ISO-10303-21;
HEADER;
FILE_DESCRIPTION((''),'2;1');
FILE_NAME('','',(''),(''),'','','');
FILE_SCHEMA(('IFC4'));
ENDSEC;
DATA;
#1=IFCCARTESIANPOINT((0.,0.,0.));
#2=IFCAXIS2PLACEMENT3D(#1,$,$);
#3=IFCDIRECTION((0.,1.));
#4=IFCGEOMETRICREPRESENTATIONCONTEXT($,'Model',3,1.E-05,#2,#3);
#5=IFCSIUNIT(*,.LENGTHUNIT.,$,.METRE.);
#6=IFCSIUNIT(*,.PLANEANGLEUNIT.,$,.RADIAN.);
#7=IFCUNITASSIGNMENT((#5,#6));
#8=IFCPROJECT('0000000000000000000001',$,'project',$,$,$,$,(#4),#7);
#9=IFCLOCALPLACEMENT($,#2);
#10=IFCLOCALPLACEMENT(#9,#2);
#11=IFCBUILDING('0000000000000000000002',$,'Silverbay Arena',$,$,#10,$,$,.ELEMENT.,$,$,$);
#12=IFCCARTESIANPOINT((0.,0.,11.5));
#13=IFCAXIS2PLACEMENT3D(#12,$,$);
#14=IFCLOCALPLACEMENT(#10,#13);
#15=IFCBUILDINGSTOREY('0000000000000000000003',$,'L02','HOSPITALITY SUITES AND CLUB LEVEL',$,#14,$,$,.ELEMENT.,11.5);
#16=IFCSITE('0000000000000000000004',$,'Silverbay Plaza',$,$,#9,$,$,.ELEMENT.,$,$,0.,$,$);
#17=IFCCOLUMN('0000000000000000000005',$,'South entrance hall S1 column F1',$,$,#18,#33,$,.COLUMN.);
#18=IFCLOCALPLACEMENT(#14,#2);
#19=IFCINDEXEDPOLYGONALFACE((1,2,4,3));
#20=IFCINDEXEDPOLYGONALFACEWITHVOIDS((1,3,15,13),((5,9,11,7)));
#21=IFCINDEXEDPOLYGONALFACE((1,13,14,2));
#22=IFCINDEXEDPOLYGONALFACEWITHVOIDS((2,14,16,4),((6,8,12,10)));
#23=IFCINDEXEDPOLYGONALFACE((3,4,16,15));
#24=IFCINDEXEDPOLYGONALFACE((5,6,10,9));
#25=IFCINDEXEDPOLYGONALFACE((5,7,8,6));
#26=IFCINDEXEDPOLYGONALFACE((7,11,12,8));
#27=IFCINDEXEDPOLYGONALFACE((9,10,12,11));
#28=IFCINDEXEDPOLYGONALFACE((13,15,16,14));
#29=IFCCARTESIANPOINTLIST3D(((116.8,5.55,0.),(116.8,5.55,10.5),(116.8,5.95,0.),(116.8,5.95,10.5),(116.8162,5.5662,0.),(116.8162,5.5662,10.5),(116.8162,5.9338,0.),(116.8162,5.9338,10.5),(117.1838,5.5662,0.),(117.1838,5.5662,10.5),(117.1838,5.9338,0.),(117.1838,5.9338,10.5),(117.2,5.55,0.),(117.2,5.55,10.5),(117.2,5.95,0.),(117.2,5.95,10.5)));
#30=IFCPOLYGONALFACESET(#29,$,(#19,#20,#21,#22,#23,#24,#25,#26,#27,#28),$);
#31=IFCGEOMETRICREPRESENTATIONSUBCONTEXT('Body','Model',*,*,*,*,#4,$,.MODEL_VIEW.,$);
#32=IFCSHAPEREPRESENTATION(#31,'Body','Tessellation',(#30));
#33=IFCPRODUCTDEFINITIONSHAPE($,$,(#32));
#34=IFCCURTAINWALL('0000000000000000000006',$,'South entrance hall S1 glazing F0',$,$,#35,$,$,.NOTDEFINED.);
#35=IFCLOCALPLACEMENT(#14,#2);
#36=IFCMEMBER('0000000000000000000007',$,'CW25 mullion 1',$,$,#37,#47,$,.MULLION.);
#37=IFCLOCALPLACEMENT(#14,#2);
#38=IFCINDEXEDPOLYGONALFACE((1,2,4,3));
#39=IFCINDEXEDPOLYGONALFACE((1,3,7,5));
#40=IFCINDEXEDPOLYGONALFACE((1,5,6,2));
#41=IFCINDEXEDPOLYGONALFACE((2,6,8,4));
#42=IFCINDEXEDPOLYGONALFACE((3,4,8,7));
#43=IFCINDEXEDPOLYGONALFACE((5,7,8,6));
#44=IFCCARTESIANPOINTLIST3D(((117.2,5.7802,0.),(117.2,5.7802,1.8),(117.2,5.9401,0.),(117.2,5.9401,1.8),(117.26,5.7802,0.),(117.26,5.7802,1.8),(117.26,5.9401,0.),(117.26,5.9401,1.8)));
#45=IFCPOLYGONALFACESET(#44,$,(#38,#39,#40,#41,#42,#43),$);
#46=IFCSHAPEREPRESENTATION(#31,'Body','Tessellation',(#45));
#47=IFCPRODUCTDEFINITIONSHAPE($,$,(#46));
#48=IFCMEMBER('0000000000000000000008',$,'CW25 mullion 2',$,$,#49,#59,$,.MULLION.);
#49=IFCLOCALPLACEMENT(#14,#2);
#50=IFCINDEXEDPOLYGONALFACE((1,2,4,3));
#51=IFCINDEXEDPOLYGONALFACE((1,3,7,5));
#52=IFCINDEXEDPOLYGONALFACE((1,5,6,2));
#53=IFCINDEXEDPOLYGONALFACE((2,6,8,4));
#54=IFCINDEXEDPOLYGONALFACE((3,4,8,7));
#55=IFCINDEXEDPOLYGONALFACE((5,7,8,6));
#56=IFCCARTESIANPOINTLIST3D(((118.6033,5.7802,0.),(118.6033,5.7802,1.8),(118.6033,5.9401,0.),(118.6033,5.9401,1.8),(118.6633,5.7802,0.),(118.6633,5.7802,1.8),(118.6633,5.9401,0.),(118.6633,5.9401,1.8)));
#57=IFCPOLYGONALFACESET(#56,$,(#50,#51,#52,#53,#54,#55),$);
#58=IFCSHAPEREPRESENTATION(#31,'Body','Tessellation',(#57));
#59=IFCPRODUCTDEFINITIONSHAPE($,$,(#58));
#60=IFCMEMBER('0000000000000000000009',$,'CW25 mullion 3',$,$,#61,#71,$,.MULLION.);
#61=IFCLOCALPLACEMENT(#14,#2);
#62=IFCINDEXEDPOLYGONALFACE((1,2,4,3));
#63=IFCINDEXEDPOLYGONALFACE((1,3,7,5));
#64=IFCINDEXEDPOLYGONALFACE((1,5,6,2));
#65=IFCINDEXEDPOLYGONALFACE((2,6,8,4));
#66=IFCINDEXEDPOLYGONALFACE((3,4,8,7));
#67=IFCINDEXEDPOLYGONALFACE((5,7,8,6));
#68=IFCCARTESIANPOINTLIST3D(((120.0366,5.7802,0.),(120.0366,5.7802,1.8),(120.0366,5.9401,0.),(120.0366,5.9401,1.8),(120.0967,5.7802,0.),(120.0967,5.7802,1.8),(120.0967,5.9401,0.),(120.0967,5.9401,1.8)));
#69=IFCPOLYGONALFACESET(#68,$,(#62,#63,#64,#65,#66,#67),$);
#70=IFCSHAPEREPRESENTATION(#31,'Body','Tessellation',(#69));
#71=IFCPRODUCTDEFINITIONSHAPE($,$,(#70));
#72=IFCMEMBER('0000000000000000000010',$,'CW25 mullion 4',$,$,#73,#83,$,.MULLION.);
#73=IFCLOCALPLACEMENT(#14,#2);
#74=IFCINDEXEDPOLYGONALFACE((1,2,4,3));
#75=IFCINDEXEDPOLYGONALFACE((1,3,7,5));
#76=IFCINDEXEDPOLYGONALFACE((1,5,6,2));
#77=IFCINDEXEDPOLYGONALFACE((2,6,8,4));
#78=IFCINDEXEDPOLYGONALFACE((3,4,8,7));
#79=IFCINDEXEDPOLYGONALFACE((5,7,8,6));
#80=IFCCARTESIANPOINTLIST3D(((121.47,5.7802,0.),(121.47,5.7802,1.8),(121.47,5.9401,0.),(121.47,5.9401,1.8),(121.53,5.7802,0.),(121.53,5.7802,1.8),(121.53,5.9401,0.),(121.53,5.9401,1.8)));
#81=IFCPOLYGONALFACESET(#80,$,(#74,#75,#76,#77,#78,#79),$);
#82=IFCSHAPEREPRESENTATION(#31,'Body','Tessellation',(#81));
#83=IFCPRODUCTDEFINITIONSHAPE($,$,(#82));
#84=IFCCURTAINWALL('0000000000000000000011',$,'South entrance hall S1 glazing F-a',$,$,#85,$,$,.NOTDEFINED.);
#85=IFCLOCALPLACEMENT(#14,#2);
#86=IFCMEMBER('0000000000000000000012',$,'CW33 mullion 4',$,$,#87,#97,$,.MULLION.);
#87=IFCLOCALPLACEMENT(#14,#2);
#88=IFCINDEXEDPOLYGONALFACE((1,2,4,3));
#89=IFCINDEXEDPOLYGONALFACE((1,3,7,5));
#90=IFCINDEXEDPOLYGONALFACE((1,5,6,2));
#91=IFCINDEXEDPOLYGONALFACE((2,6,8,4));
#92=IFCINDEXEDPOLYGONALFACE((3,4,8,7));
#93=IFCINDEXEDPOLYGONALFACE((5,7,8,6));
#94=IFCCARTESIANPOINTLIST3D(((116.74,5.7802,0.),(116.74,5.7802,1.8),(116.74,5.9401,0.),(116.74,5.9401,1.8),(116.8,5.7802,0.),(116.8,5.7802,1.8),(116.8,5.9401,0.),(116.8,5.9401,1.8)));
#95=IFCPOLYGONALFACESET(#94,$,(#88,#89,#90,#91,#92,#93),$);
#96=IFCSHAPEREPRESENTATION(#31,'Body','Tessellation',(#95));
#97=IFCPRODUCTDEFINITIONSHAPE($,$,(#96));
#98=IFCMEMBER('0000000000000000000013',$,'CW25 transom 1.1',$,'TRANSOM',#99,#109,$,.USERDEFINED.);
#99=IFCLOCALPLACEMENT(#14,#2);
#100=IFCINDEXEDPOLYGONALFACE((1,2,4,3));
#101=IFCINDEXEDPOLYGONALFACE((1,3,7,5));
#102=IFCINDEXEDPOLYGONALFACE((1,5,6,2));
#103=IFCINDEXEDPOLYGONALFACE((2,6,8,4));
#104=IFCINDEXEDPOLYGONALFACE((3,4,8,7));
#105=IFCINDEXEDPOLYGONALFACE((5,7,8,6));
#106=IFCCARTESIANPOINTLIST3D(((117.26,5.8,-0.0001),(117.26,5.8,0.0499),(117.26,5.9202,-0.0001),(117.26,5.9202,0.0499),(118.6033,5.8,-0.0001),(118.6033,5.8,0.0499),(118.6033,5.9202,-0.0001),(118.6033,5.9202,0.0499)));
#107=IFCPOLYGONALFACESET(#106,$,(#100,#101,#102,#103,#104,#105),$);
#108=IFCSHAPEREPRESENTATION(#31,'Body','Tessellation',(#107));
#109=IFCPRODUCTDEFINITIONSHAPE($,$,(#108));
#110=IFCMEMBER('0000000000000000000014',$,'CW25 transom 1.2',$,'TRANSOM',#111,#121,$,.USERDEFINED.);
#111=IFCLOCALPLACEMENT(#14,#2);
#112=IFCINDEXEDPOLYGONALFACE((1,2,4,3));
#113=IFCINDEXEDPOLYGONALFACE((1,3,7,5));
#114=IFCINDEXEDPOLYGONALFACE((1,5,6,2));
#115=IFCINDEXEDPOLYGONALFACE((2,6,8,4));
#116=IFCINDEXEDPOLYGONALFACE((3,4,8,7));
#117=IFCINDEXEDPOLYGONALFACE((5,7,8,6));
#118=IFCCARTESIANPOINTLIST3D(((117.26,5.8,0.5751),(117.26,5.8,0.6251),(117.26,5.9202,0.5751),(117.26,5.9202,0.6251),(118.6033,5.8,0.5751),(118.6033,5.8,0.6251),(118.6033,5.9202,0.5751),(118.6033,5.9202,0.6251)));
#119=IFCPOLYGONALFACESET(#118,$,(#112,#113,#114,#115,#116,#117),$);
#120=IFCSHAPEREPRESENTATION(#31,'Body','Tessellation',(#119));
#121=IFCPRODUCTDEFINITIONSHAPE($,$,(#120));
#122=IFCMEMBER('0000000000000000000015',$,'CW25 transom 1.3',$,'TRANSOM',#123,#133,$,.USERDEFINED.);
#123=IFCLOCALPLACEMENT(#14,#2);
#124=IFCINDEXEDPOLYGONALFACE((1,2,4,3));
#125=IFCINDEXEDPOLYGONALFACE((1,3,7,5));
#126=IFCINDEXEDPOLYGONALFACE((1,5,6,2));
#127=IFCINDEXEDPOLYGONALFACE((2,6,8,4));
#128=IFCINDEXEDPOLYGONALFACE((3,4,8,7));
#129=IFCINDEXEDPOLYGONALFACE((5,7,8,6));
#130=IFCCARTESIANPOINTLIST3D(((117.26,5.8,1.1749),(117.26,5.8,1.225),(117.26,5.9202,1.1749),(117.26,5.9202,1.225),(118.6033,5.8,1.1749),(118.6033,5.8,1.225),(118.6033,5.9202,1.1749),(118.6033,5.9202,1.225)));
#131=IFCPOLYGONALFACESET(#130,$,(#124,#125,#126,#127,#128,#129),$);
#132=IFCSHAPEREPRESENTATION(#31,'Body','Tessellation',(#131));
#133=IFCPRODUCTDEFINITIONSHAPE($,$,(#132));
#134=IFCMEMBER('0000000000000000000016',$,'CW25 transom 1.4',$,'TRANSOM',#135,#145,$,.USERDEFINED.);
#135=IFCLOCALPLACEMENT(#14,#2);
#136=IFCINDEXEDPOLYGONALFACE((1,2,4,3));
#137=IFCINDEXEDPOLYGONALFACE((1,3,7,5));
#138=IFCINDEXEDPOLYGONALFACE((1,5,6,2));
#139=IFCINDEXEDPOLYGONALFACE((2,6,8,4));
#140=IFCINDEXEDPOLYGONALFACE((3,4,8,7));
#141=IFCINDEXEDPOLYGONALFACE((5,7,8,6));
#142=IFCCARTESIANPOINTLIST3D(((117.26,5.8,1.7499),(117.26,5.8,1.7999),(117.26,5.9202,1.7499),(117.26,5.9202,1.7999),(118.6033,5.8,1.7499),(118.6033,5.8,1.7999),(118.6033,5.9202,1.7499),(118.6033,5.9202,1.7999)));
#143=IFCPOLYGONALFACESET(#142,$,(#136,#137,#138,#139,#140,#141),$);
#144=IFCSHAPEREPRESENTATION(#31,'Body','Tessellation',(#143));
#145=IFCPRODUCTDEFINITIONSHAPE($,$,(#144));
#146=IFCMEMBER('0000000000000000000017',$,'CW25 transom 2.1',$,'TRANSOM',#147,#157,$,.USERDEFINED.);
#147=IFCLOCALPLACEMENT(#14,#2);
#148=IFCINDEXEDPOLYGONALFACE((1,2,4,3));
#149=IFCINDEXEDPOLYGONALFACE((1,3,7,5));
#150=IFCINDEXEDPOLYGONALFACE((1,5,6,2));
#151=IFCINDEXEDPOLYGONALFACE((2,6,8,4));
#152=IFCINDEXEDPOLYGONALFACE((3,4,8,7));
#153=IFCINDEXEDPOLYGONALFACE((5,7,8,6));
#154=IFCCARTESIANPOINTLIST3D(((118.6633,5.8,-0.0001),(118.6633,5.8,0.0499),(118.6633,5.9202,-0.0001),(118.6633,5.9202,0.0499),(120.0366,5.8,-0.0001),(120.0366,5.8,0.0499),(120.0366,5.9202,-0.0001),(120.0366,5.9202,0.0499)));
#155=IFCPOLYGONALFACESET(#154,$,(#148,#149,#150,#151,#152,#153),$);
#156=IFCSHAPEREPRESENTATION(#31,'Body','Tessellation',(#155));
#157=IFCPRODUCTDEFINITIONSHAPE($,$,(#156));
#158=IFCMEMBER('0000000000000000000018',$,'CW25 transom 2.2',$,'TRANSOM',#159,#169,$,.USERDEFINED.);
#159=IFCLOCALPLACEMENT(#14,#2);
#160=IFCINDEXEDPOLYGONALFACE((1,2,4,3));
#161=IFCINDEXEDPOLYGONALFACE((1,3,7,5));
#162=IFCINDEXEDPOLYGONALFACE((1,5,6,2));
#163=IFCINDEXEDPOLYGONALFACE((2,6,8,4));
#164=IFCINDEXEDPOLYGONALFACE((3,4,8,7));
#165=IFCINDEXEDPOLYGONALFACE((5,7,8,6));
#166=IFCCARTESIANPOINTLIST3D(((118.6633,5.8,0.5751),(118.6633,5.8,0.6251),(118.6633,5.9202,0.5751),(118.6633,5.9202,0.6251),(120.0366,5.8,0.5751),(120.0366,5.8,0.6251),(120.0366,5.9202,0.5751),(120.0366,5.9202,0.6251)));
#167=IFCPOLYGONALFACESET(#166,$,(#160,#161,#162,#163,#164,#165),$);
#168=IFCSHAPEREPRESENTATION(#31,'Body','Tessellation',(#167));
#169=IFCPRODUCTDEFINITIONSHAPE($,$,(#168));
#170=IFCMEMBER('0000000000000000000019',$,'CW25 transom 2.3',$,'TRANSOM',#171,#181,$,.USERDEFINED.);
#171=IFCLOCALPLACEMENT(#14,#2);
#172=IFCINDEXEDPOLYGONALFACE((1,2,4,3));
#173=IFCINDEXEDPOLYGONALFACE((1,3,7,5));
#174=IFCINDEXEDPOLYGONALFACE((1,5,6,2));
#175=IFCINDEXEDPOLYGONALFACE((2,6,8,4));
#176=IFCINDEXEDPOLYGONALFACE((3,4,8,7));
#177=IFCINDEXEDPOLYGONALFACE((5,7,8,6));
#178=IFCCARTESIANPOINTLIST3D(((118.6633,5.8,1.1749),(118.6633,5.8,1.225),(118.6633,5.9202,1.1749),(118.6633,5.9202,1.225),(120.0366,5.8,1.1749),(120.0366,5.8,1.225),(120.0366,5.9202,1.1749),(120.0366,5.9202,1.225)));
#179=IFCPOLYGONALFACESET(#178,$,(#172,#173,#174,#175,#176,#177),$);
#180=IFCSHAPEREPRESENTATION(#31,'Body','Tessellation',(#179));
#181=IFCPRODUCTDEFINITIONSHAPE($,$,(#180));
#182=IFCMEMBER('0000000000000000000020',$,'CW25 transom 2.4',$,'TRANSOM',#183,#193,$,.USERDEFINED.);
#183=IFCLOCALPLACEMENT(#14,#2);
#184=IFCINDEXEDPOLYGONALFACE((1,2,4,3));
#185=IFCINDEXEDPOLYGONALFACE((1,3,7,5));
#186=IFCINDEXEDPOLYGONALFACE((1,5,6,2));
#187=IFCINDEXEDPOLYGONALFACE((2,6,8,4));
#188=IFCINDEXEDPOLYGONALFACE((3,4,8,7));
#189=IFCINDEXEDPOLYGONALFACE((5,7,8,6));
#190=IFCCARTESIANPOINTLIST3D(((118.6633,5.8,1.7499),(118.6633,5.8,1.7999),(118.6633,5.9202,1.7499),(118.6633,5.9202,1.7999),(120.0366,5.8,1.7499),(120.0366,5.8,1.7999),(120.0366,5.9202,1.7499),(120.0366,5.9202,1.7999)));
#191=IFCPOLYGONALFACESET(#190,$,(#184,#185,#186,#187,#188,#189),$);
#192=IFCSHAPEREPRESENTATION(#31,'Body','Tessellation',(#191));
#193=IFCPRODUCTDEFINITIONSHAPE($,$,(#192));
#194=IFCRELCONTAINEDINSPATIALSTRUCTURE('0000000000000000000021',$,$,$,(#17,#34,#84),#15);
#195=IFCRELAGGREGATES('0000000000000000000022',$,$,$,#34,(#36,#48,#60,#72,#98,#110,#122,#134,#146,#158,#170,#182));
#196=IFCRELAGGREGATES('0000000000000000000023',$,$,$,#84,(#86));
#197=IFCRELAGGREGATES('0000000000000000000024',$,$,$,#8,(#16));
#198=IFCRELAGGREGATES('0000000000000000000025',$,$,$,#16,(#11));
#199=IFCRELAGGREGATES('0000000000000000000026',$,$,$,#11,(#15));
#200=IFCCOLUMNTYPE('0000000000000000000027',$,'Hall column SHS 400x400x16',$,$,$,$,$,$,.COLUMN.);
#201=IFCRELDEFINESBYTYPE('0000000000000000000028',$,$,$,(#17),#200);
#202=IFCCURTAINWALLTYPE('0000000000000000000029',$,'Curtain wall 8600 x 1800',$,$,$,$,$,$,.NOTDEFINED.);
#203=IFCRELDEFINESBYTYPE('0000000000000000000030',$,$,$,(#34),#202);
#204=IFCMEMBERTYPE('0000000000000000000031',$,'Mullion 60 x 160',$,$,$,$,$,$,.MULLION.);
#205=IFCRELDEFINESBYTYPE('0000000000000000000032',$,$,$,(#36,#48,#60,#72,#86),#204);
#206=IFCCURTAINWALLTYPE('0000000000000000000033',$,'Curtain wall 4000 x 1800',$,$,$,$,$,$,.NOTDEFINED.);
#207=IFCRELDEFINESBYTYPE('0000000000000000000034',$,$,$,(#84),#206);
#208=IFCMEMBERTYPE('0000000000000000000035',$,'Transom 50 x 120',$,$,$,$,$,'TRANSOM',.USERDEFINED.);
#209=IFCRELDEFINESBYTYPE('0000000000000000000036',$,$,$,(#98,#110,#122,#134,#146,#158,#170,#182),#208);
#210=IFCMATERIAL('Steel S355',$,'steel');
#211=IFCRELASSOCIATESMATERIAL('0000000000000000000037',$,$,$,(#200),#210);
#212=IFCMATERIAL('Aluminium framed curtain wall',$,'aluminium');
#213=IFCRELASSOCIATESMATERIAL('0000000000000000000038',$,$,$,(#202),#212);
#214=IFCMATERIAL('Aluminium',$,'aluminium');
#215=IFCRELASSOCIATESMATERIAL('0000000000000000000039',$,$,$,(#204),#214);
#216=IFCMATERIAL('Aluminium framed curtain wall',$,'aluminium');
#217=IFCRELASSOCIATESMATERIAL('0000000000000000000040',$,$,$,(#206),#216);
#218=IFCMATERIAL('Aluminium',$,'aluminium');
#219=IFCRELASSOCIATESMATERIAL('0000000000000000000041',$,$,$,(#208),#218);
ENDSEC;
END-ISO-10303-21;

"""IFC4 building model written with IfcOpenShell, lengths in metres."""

from ifc_helpers import new_model, si_unit, direction, frame, origin, origin_2d, place, context, subcontext, project, spatial, rectangle, hollow_rectangle, extrude, material, material_profile, profile_set, type_object, element, aggregate, save


model = new_model("IFC4")

# Units and contexts
model_context = context("Model", 3, precision=1e-05, world=origin(), true_north=direction((0.0, 1.0)))
body_context = subcontext(model_context, "Body", "Model", "MODEL_VIEW")
ifc_project = project(units=[si_unit("LENGTHUNIT", "METRE"), si_unit("PLANEANGLEUNIT", "RADIAN")], contexts=[model_context])

# Site, building, storey
site_placement = place(None, origin())
site = spatial("IfcSite", under=ifc_project, at=site_placement, Name="Silverbay Plaza", CompositionType="ELEMENT", RefElevation=0.0)
building_placement = place(site_placement, origin())
building = spatial("IfcBuilding", under=site, at=building_placement, Name="Silverbay Arena", CompositionType="ELEMENT")
storey_placement = place(building_placement, frame((0.0, 0.0, 11.5)))
storey = spatial("IfcBuildingStorey", under=building, at=storey_placement, Name="L02", Description="HOSPITALITY SUITES AND CLUB LEVEL", CompositionType="ELEMENT", Elevation=11.5)

# Column
ifc_material_1 = material(Name="Steel S355", Category="steel")
ifc_material_profile_1 = material_profile(ifc_material_1, hollow_rectangle(XDim=0.3999, YDim=0.3999, WallThickness=0.0161, at=origin_2d()), Name="SHS 400x400x16")
ifc_profile_set_1 = profile_set([ifc_material_profile_1], Name="Steel S355")
column_type = type_object("IfcColumnType", Name="Hall column SHS 400x400x16", PredefinedType="COLUMN", material=ifc_profile_set_1)
column_placement = place(storey_placement, frame((117.0, 5.75, 0.0), z_axis=(0.0, 0.0, 1.0), x_axis=(1.0, 0.0, 0.0)))
element("IfcColumn", 1, at=column_placement, inside=storey, type_object=column_type, Name="South entrance hall S1 column F1", PredefinedType="COLUMN", context=body_context, shape_type="SweptSolid", body=[
    extrude(hollow_rectangle(XDim=0.3999, YDim=0.3999, WallThickness=0.0161, at=origin_2d()), origin(), (0.0, 0.0, 1.0), 10.5),
])

# Curtain wall, members
ifc_material_2 = material(Name="Aluminium framed curtain wall", Category="aluminium")
curtain_wall_type_1 = type_object("IfcCurtainWallType", Name="Curtain wall 8600 x 1800", PredefinedType="NOTDEFINED", material=ifc_material_2)
curtain_wall_1_placement = place(storey_placement, origin())
curtain_wall_1 = element("IfcCurtainWall", 2, at=curtain_wall_1_placement, inside=storey, type_object=curtain_wall_type_1, Name="South entrance hall S1 glazing F0", PredefinedType="NOTDEFINED")
ifc_material_3 = material(Name="Aluminium", Category="aluminium")
ifc_material_profile_2 = material_profile(ifc_material_3, rectangle(XDim=0.1599, YDim=0.0601, at=origin_2d()), Name="Mullion 60 x 160")
ifc_profile_set_2 = profile_set([ifc_material_profile_2], Name="Aluminium")
member_type_1 = type_object("IfcMemberType", Name="Mullion 60 x 160", PredefinedType="MULLION", material=ifc_profile_set_2)
member_1_placement = place(storey_placement, frame((117.23, 5.8601, 0.0), z_axis=(0.0, 0.0, 1.0), x_axis=(0.0, 1.0, 0.0)))
member_1 = element("IfcMember", 3, at=member_1_placement, type_object=member_type_1, Name="CW25 mullion 1", PredefinedType="MULLION", context=body_context, shape_type="SweptSolid", body=[
    extrude(rectangle(XDim=0.1599, YDim=0.0601, at=origin_2d()), origin(), (0.0, 0.0, 1.0), 1.8),
])
member_2_placement = place(storey_placement, frame((118.6333, 5.8601, 0.0), z_axis=(0.0, 0.0, 1.0), x_axis=(0.0, 1.0, 0.0)))
member_2 = element("IfcMember", 4, at=member_2_placement, type_object=member_type_1, Name="CW25 mullion 2", PredefinedType="MULLION", context=body_context, shape_type="SweptSolid", body=[
    extrude(rectangle(XDim=0.1599, YDim=0.0601, at=origin_2d()), origin(), (0.0, 0.0, 1.0), 1.8),
])
member_3_placement = place(storey_placement, frame((120.0667, 5.8601, 0.0), z_axis=(0.0, 0.0, 1.0), x_axis=(0.0, 1.0, 0.0)))
member_3 = element("IfcMember", 5, at=member_3_placement, type_object=member_type_1, Name="CW25 mullion 3", PredefinedType="MULLION", context=body_context, shape_type="SweptSolid", body=[
    extrude(rectangle(XDim=0.1599, YDim=0.0601, at=origin_2d()), origin(), (0.0, 0.0, 1.0), 1.8),
])
member_4_placement = place(storey_placement, frame((121.5, 5.8601, 0.0), z_axis=(0.0, 0.0, 1.0), x_axis=(0.0, 1.0, 0.0)))
member_4 = element("IfcMember", 6, at=member_4_placement, type_object=member_type_1, Name="CW25 mullion 4", PredefinedType="MULLION", context=body_context, shape_type="SweptSolid", body=[
    extrude(rectangle(XDim=0.1599, YDim=0.0601, at=origin_2d()), origin(), (0.0, 0.0, 1.0), 1.8),
])

# Curtain wall, member
ifc_material_4 = material(Name="Aluminium framed curtain wall", Category="aluminium")
curtain_wall_type_2 = type_object("IfcCurtainWallType", Name="Curtain wall 4000 x 1800", PredefinedType="NOTDEFINED", material=ifc_material_4)
curtain_wall_2_placement = place(storey_placement, origin())
curtain_wall_2 = element("IfcCurtainWall", 7, at=curtain_wall_2_placement, inside=storey, type_object=curtain_wall_type_2, Name="South entrance hall S1 glazing F-a", PredefinedType="NOTDEFINED")
member_5_placement = place(storey_placement, frame((116.77, 5.8601, 0.0), z_axis=(0.0, 0.0, 1.0), x_axis=(0.0, 1.0, 0.0)))
member_5 = element("IfcMember", 8, at=member_5_placement, type_object=member_type_1, Name="CW33 mullion 4", PredefinedType="MULLION", context=body_context, shape_type="SweptSolid", body=[
    extrude(rectangle(XDim=0.1599, YDim=0.0601, at=origin_2d()), origin(), (0.0, 0.0, 1.0), 1.8),
])

# Members
ifc_material_5 = material(Name="Aluminium", Category="aluminium")
ifc_material_profile_3 = material_profile(ifc_material_5, rectangle(XDim=0.1201, YDim=0.05, at=origin_2d()), Name="Transom 50 x 120")
ifc_profile_set_3 = profile_set([ifc_material_profile_3], Name="Aluminium")
member_type_2 = type_object("IfcMemberType", Name="Transom 50 x 120", ElementType="TRANSOM", PredefinedType="USERDEFINED", material=ifc_profile_set_3)
member_6_placement = place(storey_placement, frame((117.26, 5.8601, 0.0249), z_axis=(1.0, 0.0, 0.0), x_axis=(0.0, 1.0, 0.0)))
member_6 = element("IfcMember", 9, at=member_6_placement, type_object=member_type_2, Name="CW25 transom 1.1", ObjectType="TRANSOM", PredefinedType="USERDEFINED", context=body_context, shape_type="SweptSolid", body=[
    extrude(rectangle(XDim=0.1201, YDim=0.05, at=origin_2d()), origin(), (0.0, 0.0, 1.0), 1.3433),
])
member_7_placement = place(storey_placement, frame((117.26, 5.8601, 0.6001), z_axis=(1.0, 0.0, 0.0), x_axis=(0.0, 1.0, 0.0)))
member_7 = element("IfcMember", 10, at=member_7_placement, type_object=member_type_2, Name="CW25 transom 1.2", ObjectType="TRANSOM", PredefinedType="USERDEFINED", context=body_context, shape_type="SweptSolid", body=[
    extrude(rectangle(XDim=0.1201, YDim=0.05, at=origin_2d()), origin(), (0.0, 0.0, 1.0), 1.3433),
])
member_8_placement = place(storey_placement, frame((117.26, 5.8601, 1.2), z_axis=(1.0, 0.0, 0.0), x_axis=(0.0, 1.0, 0.0)))
member_8 = element("IfcMember", 11, at=member_8_placement, type_object=member_type_2, Name="CW25 transom 1.3", ObjectType="TRANSOM", PredefinedType="USERDEFINED", context=body_context, shape_type="SweptSolid", body=[
    extrude(rectangle(XDim=0.1201, YDim=0.05, at=origin_2d()), origin(), (0.0, 0.0, 1.0), 1.3433),
])
member_9_placement = place(storey_placement, frame((117.26, 5.8601, 1.7749), z_axis=(1.0, 0.0, 0.0), x_axis=(0.0, 1.0, 0.0)))
member_9 = element("IfcMember", 12, at=member_9_placement, type_object=member_type_2, Name="CW25 transom 1.4", ObjectType="TRANSOM", PredefinedType="USERDEFINED", context=body_context, shape_type="SweptSolid", body=[
    extrude(rectangle(XDim=0.1201, YDim=0.05, at=origin_2d()), origin(), (0.0, 0.0, 1.0), 1.3433),
])
member_10_placement = place(storey_placement, frame((118.6633, 5.8601, 0.0249), z_axis=(1.0, 0.0, 0.0), x_axis=(0.0, 1.0, 0.0)))
member_10 = element("IfcMember", 13, at=member_10_placement, type_object=member_type_2, Name="CW25 transom 2.1", ObjectType="TRANSOM", PredefinedType="USERDEFINED", context=body_context, shape_type="SweptSolid", body=[
    extrude(rectangle(XDim=0.1201, YDim=0.05, at=origin_2d()), origin(), (0.0, 0.0, 1.0), 1.3733),
])
member_11_placement = place(storey_placement, frame((118.6633, 5.8601, 0.6001), z_axis=(1.0, 0.0, 0.0), x_axis=(0.0, 1.0, 0.0)))
member_11 = element("IfcMember", 14, at=member_11_placement, type_object=member_type_2, Name="CW25 transom 2.2", ObjectType="TRANSOM", PredefinedType="USERDEFINED", context=body_context, shape_type="SweptSolid", body=[
    extrude(rectangle(XDim=0.1201, YDim=0.05, at=origin_2d()), origin(), (0.0, 0.0, 1.0), 1.3733),
])
member_12_placement = place(storey_placement, frame((118.6633, 5.8601, 1.2), z_axis=(1.0, 0.0, 0.0), x_axis=(0.0, 1.0, 0.0)))
member_12 = element("IfcMember", 15, at=member_12_placement, type_object=member_type_2, Name="CW25 transom 2.3", ObjectType="TRANSOM", PredefinedType="USERDEFINED", context=body_context, shape_type="SweptSolid", body=[
    extrude(rectangle(XDim=0.1201, YDim=0.05, at=origin_2d()), origin(), (0.0, 0.0, 1.0), 1.3733),
])
member_13_placement = place(storey_placement, frame((118.6633, 5.8601, 1.7749), z_axis=(1.0, 0.0, 0.0), x_axis=(0.0, 1.0, 0.0)))
member_13 = element("IfcMember", 16, at=member_13_placement, type_object=member_type_2, Name="CW25 transom 2.4", ObjectType="TRANSOM", PredefinedType="USERDEFINED", context=body_context, shape_type="SweptSolid", body=[
    extrude(rectangle(XDim=0.1201, YDim=0.05, at=origin_2d()), origin(), (0.0, 0.0, 1.0), 1.3733),
])

aggregate(curtain_wall_1, [member_1, member_2, member_3, member_4, member_6, member_7, member_8, member_9, member_10, member_11, member_12, member_13])
aggregate(curtain_wall_2, [member_5])

save(model, "model.ifc")
